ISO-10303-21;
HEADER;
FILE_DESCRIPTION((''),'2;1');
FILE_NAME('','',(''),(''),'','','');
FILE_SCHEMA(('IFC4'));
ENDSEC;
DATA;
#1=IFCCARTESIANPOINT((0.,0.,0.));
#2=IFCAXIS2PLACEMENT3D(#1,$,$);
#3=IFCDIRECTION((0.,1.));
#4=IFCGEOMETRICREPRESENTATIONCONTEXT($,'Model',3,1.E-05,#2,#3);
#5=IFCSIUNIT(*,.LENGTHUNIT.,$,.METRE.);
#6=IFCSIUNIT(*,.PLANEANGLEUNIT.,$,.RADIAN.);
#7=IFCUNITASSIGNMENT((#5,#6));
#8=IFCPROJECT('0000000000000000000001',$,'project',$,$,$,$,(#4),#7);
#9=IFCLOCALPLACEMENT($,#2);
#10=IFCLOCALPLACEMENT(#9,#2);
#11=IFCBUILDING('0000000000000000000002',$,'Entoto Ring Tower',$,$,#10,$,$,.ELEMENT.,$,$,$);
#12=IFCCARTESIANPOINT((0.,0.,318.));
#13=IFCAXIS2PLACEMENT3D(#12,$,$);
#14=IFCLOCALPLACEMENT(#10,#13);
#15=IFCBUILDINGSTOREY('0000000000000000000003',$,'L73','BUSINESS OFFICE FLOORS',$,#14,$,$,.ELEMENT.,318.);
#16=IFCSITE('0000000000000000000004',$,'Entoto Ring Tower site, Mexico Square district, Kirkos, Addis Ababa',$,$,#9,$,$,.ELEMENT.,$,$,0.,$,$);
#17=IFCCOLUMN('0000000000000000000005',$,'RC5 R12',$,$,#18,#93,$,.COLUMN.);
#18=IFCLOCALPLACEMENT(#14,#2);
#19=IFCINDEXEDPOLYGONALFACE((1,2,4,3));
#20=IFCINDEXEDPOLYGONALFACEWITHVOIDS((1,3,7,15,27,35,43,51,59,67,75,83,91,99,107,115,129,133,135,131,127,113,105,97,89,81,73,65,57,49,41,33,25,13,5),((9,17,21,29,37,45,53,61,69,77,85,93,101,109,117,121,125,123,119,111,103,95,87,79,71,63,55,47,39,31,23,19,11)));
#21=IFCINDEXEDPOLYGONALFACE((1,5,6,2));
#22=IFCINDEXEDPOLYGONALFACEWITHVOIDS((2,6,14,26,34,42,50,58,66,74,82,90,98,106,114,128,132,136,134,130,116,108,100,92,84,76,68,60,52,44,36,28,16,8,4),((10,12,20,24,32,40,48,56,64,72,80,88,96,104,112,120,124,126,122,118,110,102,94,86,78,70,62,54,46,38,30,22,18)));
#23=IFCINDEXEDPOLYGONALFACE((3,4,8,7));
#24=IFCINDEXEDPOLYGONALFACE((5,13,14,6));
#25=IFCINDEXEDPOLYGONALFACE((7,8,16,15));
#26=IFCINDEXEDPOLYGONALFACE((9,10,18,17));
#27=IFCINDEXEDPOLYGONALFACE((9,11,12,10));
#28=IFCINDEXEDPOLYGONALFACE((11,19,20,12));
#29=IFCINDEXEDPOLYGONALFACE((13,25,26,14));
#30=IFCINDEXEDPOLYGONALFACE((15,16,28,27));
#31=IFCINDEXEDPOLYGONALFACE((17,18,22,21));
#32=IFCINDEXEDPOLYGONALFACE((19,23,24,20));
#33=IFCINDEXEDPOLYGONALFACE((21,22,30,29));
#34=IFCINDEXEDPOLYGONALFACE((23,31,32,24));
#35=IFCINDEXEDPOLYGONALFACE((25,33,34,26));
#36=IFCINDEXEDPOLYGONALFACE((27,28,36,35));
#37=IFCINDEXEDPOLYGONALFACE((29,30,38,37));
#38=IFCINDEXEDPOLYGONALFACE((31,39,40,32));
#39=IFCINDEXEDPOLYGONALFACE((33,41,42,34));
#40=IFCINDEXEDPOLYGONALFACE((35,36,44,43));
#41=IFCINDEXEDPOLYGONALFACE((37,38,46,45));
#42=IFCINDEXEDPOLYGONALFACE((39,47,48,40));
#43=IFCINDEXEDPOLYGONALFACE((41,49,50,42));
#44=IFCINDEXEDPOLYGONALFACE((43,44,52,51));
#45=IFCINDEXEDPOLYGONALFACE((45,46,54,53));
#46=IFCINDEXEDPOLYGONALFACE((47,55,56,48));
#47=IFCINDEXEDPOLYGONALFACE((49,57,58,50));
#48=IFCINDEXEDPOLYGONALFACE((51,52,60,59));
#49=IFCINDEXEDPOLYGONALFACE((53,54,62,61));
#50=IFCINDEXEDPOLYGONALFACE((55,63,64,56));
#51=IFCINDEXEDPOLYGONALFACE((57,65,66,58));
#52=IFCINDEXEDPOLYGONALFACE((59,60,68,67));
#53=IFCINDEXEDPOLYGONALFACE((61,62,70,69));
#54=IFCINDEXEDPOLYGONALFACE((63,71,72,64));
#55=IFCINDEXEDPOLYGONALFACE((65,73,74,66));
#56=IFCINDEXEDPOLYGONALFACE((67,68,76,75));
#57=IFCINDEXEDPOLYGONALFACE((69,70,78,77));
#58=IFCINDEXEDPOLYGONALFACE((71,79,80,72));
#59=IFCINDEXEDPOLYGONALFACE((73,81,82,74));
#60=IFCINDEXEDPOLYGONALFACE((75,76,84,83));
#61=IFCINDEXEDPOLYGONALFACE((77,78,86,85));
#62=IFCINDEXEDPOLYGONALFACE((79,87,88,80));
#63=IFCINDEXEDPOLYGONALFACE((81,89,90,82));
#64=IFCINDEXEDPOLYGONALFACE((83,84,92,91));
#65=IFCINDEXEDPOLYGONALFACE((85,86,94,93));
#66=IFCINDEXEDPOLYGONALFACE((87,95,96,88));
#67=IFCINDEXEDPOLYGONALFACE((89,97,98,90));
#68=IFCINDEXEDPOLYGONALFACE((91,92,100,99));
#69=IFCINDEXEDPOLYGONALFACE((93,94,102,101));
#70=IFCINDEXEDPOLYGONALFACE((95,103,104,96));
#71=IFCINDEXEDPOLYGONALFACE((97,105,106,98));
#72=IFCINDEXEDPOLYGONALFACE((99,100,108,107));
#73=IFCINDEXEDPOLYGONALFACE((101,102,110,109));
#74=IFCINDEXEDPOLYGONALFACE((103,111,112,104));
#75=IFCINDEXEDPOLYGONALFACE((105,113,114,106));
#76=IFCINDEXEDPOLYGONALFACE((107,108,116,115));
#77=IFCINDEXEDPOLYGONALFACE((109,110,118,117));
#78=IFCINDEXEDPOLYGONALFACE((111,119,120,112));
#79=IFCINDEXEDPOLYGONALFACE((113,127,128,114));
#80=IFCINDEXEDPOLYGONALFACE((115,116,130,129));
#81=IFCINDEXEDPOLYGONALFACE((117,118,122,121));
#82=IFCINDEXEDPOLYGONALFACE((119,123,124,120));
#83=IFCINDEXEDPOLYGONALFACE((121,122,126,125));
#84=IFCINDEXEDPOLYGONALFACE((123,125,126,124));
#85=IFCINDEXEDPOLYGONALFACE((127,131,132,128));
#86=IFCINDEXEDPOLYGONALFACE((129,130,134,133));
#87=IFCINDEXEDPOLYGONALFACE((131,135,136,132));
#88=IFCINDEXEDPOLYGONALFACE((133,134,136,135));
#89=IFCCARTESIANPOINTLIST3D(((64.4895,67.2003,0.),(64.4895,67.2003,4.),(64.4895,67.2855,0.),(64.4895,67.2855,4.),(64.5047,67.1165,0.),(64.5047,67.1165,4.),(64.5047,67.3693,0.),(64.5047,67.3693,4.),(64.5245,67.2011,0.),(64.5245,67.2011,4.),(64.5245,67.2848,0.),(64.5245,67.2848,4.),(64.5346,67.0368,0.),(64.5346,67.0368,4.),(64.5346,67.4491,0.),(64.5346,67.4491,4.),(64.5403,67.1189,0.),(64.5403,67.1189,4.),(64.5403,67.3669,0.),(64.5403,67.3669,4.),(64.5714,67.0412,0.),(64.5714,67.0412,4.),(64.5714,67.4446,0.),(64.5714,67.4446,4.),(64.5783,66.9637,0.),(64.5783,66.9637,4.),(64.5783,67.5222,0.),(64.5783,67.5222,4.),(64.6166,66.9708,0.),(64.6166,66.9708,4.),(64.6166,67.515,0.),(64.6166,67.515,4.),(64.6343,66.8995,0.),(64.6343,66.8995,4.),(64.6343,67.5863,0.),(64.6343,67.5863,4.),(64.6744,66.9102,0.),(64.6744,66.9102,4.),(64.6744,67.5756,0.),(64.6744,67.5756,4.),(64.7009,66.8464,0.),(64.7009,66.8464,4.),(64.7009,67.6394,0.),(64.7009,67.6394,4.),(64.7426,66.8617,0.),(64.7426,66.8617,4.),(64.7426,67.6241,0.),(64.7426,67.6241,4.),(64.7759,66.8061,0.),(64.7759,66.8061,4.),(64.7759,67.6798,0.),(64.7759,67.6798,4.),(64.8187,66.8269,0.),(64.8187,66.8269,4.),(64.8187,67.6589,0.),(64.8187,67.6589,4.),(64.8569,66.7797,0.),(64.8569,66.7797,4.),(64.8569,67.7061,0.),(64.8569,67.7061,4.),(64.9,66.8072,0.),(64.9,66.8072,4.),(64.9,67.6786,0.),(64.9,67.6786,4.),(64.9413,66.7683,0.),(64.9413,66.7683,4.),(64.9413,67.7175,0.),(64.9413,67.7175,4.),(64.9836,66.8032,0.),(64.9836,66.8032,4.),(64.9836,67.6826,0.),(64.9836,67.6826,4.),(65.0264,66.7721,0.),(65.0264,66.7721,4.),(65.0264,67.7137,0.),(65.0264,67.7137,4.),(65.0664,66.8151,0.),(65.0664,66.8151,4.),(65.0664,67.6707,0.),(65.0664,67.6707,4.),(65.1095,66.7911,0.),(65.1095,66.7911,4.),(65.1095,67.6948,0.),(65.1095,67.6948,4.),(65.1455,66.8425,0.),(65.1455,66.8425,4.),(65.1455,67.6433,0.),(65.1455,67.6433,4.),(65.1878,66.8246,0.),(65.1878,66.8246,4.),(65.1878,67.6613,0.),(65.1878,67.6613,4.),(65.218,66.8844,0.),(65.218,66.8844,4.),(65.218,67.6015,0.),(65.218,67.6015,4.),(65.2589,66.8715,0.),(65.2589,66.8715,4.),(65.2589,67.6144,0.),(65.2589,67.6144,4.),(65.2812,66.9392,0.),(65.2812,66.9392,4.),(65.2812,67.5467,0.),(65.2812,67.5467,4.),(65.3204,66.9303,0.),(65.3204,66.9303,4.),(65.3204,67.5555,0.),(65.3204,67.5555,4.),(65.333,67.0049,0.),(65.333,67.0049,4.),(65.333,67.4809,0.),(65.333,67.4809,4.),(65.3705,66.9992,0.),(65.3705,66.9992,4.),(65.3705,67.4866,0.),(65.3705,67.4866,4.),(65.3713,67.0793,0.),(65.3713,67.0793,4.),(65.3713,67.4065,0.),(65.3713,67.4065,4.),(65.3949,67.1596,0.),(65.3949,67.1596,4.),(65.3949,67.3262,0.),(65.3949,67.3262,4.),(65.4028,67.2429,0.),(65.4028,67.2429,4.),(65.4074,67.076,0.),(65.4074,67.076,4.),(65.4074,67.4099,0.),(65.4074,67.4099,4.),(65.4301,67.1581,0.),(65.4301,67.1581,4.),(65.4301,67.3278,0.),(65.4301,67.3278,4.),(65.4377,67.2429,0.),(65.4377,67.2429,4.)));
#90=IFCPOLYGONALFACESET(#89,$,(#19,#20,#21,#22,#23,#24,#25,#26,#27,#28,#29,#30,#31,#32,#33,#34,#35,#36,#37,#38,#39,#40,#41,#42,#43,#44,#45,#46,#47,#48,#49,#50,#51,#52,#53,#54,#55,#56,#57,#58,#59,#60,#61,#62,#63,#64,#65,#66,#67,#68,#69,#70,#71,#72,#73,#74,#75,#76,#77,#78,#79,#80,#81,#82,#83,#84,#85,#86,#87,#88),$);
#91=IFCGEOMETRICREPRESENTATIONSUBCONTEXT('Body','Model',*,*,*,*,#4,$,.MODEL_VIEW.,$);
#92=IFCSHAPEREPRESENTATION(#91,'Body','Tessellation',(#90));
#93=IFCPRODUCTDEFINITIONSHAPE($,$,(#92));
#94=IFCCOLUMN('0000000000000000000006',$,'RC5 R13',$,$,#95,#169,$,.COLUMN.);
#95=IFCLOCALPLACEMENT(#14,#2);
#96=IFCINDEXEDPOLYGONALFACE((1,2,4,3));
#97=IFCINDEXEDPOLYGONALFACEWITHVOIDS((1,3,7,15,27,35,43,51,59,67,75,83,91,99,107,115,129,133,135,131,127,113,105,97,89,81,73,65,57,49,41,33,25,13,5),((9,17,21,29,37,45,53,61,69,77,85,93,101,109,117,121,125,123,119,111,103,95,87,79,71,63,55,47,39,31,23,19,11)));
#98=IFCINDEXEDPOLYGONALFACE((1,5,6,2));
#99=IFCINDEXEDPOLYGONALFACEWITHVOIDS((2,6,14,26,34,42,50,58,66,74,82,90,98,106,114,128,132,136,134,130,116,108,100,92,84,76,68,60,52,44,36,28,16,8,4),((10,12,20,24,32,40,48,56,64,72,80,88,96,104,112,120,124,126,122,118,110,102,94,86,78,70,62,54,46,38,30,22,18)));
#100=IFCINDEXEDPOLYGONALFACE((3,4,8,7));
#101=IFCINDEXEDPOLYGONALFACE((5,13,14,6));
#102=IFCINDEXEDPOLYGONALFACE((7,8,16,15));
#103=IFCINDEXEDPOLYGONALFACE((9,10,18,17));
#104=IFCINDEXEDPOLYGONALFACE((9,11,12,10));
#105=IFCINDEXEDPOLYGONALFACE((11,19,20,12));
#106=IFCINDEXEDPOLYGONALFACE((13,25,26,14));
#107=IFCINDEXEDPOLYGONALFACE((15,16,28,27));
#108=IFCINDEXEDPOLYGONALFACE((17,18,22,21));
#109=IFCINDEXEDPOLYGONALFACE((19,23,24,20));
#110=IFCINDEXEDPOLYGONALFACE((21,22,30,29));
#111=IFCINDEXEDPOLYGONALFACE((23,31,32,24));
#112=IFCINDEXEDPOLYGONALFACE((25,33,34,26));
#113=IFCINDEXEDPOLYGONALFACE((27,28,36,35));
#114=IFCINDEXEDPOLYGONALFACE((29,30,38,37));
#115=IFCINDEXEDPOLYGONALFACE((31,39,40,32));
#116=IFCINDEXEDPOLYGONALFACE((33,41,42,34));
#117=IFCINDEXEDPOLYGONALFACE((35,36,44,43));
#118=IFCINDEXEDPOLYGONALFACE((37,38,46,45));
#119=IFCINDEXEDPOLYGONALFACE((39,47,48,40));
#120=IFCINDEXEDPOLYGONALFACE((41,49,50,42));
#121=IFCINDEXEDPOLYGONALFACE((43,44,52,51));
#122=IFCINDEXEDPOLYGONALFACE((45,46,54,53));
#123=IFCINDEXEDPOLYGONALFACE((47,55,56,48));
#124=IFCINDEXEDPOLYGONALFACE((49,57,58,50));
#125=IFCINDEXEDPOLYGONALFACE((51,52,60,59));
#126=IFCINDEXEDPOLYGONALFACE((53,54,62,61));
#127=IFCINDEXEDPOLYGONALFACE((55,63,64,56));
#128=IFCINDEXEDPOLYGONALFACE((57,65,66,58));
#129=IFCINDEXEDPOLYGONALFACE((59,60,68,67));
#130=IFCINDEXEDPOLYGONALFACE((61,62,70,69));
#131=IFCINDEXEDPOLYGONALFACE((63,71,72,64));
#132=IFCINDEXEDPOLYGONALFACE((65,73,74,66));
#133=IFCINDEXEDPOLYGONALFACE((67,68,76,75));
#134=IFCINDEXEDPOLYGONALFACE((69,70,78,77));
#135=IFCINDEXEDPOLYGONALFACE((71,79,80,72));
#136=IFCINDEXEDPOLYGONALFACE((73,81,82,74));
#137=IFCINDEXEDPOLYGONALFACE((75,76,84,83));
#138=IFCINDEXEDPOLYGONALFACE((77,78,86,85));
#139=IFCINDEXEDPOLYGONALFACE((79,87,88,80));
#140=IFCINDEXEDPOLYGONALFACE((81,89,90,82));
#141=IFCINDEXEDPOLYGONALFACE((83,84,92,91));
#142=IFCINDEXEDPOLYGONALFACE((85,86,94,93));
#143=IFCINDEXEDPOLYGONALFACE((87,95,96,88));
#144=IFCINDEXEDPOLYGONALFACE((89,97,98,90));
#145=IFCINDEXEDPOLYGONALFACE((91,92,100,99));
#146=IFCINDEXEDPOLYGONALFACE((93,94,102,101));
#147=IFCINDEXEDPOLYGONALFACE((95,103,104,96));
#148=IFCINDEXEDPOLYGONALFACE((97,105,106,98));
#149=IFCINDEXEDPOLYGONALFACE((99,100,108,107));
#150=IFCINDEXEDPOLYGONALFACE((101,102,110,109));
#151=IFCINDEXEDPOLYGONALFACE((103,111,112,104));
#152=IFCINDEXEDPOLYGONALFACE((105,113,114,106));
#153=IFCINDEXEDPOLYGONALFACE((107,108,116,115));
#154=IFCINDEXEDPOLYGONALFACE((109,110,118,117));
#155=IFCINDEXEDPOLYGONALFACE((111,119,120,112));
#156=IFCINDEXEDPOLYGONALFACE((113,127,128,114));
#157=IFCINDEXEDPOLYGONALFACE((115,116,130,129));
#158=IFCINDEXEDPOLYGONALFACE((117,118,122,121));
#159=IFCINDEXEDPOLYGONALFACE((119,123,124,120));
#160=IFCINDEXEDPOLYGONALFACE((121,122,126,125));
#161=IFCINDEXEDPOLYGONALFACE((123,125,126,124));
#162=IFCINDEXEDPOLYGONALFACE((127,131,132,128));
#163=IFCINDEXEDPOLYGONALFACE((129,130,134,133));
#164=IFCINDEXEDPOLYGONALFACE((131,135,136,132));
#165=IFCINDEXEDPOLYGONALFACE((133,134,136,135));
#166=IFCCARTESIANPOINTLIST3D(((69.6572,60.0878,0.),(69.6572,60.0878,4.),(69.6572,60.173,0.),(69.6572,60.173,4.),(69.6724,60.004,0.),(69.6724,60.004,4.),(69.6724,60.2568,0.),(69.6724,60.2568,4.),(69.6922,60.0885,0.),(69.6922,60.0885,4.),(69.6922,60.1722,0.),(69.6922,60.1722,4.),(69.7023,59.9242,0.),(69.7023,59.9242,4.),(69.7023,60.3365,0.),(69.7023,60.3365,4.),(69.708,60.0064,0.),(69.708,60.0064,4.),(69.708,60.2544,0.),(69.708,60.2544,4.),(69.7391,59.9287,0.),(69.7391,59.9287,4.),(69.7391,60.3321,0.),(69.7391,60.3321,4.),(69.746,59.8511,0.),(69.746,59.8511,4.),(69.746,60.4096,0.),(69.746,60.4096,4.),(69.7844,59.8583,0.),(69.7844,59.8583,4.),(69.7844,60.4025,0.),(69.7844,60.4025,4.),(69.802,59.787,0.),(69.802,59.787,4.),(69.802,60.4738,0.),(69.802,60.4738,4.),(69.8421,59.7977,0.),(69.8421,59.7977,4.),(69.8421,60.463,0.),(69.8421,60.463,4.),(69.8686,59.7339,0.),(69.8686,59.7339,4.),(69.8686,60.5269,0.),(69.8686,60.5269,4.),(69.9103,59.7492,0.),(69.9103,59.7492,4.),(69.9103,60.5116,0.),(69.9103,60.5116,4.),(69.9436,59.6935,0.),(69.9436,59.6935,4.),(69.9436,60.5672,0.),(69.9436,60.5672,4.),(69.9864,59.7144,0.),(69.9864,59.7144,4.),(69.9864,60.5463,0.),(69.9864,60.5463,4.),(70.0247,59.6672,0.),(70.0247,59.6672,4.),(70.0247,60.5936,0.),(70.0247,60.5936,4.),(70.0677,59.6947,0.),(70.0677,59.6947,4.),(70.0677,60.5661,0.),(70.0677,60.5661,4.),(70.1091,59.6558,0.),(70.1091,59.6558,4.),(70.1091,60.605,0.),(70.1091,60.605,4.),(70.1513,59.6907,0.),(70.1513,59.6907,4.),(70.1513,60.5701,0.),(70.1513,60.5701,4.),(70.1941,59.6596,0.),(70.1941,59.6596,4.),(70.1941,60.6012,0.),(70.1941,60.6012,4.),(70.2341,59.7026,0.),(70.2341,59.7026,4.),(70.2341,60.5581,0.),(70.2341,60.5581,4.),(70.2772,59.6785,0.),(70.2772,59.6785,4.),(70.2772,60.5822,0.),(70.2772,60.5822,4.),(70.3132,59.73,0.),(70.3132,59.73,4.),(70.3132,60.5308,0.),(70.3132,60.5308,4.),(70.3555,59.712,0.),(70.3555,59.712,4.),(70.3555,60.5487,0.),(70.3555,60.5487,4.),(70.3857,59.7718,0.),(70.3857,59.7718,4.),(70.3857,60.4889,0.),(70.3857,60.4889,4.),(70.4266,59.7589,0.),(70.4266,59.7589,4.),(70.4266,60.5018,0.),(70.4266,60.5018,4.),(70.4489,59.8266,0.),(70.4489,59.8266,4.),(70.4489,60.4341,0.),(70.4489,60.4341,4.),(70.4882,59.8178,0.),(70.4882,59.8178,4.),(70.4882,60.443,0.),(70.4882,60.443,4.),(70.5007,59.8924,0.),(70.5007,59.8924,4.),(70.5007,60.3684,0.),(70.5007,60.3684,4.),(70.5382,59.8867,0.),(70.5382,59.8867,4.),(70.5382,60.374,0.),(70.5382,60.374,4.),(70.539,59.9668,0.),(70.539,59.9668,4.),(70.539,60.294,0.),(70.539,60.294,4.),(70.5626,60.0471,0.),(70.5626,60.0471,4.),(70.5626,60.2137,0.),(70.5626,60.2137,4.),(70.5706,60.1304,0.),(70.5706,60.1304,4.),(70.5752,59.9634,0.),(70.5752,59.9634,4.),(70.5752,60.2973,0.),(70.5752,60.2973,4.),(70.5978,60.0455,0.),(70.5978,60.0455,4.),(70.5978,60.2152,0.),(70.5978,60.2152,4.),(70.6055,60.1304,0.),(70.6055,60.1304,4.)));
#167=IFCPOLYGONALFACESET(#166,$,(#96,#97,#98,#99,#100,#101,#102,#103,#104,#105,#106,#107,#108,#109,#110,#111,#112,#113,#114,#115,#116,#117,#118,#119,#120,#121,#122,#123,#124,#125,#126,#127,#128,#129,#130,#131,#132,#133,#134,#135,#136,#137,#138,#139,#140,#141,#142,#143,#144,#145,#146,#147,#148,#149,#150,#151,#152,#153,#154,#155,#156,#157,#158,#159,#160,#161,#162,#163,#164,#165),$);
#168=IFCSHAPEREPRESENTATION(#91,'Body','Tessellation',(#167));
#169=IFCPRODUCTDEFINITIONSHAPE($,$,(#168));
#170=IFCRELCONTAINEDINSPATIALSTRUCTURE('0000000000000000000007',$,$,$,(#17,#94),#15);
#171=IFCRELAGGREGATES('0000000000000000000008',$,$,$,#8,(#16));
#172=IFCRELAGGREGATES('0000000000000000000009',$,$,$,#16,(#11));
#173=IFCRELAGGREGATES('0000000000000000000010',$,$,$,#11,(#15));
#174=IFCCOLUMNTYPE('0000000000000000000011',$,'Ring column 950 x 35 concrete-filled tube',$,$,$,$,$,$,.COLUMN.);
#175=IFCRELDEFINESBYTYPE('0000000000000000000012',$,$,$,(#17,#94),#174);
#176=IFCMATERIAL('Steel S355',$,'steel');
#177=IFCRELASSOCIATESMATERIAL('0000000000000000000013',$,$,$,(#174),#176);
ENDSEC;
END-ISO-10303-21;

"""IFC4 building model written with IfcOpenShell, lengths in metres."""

from ifc_helpers import new_model, si_unit, direction, frame, origin, origin_2d, place, context, subcontext, project, spatial, circle, hollow_circle, extrude, material, material_profile, profile_set, type_object, element, save


model = new_model("IFC4")

# Units and contexts
model_context = context("Model", 3, precision=1e-05, world=origin(), true_north=direction((0.0, 1.0)))
body_context = subcontext(model_context, "Body", "Model", "MODEL_VIEW")
ifc_project = project(units=[si_unit("LENGTHUNIT", "METRE"), si_unit("PLANEANGLEUNIT", "RADIAN")], contexts=[model_context])

# Site, building, storey
site_placement = place(None, origin())
site = spatial("IfcSite", under=ifc_project, at=site_placement, Name="Entoto Ring Tower site, Mexico Square district, Kirkos, Addis Ababa", CompositionType="ELEMENT", RefElevation=0.0)
building_placement = place(site_placement, origin())
building = spatial("IfcBuilding", under=site, at=building_placement, Name="Entoto Ring Tower", CompositionType="ELEMENT")
storey_placement = place(building_placement, frame((0.0, 0.0, 318.0)))
storey = spatial("IfcBuildingStorey", under=building, at=storey_placement, Name="L73", Description="BUSINESS OFFICE FLOORS", CompositionType="ELEMENT", Elevation=318.0)

# Columns
ifc_material_1 = material(Name="Steel S355", Category="steel")
ifc_material_profile_1 = material_profile(ifc_material_1, hollow_circle(Radius=0.4751, WallThickness=0.0349, at=origin_2d()), Name="CHS 950 x 35")
ifc_material_2 = material(Name="Concrete C60/75", Category="concrete")
ifc_material_profile_2 = material_profile(ifc_material_2, circle(Radius=0.4399, at=origin_2d()), Name="Concrete C60/75 infill")
ifc_profile_set_1 = profile_set([ifc_material_profile_1, ifc_material_profile_2], Name="Steel S355")
column_type = type_object("IfcColumnType", Name="Ring column 950 x 35 concrete-filled tube", PredefinedType="COLUMN", material=ifc_profile_set_1)
for number, where, z_axis, x_axis, name in (
    (1, (64.9626, 67.2429, 0.0), (0.0, 0.0, 1.0), (1.0, 0.0, 0.0), "RC5 R12"),
    (2, (70.1304, 60.1304, 0.0), (0.0, 0.0, 1.0), (1.0, 0.0, 0.0), "RC5 R13"),
):
    element("IfcColumn", number, at=place(storey_placement, frame(where, z_axis=z_axis, x_axis=x_axis)), inside=storey, type_object=column_type, Name=name, PredefinedType="COLUMN", context=body_context, shape_type="SweptSolid", body=[
        extrude(hollow_circle(Radius=0.4751, WallThickness=0.0349, at=origin_2d()), origin(), (0.0, 0.0, 1.0), 4.0),
    ])

save(model, "model.ifc")
